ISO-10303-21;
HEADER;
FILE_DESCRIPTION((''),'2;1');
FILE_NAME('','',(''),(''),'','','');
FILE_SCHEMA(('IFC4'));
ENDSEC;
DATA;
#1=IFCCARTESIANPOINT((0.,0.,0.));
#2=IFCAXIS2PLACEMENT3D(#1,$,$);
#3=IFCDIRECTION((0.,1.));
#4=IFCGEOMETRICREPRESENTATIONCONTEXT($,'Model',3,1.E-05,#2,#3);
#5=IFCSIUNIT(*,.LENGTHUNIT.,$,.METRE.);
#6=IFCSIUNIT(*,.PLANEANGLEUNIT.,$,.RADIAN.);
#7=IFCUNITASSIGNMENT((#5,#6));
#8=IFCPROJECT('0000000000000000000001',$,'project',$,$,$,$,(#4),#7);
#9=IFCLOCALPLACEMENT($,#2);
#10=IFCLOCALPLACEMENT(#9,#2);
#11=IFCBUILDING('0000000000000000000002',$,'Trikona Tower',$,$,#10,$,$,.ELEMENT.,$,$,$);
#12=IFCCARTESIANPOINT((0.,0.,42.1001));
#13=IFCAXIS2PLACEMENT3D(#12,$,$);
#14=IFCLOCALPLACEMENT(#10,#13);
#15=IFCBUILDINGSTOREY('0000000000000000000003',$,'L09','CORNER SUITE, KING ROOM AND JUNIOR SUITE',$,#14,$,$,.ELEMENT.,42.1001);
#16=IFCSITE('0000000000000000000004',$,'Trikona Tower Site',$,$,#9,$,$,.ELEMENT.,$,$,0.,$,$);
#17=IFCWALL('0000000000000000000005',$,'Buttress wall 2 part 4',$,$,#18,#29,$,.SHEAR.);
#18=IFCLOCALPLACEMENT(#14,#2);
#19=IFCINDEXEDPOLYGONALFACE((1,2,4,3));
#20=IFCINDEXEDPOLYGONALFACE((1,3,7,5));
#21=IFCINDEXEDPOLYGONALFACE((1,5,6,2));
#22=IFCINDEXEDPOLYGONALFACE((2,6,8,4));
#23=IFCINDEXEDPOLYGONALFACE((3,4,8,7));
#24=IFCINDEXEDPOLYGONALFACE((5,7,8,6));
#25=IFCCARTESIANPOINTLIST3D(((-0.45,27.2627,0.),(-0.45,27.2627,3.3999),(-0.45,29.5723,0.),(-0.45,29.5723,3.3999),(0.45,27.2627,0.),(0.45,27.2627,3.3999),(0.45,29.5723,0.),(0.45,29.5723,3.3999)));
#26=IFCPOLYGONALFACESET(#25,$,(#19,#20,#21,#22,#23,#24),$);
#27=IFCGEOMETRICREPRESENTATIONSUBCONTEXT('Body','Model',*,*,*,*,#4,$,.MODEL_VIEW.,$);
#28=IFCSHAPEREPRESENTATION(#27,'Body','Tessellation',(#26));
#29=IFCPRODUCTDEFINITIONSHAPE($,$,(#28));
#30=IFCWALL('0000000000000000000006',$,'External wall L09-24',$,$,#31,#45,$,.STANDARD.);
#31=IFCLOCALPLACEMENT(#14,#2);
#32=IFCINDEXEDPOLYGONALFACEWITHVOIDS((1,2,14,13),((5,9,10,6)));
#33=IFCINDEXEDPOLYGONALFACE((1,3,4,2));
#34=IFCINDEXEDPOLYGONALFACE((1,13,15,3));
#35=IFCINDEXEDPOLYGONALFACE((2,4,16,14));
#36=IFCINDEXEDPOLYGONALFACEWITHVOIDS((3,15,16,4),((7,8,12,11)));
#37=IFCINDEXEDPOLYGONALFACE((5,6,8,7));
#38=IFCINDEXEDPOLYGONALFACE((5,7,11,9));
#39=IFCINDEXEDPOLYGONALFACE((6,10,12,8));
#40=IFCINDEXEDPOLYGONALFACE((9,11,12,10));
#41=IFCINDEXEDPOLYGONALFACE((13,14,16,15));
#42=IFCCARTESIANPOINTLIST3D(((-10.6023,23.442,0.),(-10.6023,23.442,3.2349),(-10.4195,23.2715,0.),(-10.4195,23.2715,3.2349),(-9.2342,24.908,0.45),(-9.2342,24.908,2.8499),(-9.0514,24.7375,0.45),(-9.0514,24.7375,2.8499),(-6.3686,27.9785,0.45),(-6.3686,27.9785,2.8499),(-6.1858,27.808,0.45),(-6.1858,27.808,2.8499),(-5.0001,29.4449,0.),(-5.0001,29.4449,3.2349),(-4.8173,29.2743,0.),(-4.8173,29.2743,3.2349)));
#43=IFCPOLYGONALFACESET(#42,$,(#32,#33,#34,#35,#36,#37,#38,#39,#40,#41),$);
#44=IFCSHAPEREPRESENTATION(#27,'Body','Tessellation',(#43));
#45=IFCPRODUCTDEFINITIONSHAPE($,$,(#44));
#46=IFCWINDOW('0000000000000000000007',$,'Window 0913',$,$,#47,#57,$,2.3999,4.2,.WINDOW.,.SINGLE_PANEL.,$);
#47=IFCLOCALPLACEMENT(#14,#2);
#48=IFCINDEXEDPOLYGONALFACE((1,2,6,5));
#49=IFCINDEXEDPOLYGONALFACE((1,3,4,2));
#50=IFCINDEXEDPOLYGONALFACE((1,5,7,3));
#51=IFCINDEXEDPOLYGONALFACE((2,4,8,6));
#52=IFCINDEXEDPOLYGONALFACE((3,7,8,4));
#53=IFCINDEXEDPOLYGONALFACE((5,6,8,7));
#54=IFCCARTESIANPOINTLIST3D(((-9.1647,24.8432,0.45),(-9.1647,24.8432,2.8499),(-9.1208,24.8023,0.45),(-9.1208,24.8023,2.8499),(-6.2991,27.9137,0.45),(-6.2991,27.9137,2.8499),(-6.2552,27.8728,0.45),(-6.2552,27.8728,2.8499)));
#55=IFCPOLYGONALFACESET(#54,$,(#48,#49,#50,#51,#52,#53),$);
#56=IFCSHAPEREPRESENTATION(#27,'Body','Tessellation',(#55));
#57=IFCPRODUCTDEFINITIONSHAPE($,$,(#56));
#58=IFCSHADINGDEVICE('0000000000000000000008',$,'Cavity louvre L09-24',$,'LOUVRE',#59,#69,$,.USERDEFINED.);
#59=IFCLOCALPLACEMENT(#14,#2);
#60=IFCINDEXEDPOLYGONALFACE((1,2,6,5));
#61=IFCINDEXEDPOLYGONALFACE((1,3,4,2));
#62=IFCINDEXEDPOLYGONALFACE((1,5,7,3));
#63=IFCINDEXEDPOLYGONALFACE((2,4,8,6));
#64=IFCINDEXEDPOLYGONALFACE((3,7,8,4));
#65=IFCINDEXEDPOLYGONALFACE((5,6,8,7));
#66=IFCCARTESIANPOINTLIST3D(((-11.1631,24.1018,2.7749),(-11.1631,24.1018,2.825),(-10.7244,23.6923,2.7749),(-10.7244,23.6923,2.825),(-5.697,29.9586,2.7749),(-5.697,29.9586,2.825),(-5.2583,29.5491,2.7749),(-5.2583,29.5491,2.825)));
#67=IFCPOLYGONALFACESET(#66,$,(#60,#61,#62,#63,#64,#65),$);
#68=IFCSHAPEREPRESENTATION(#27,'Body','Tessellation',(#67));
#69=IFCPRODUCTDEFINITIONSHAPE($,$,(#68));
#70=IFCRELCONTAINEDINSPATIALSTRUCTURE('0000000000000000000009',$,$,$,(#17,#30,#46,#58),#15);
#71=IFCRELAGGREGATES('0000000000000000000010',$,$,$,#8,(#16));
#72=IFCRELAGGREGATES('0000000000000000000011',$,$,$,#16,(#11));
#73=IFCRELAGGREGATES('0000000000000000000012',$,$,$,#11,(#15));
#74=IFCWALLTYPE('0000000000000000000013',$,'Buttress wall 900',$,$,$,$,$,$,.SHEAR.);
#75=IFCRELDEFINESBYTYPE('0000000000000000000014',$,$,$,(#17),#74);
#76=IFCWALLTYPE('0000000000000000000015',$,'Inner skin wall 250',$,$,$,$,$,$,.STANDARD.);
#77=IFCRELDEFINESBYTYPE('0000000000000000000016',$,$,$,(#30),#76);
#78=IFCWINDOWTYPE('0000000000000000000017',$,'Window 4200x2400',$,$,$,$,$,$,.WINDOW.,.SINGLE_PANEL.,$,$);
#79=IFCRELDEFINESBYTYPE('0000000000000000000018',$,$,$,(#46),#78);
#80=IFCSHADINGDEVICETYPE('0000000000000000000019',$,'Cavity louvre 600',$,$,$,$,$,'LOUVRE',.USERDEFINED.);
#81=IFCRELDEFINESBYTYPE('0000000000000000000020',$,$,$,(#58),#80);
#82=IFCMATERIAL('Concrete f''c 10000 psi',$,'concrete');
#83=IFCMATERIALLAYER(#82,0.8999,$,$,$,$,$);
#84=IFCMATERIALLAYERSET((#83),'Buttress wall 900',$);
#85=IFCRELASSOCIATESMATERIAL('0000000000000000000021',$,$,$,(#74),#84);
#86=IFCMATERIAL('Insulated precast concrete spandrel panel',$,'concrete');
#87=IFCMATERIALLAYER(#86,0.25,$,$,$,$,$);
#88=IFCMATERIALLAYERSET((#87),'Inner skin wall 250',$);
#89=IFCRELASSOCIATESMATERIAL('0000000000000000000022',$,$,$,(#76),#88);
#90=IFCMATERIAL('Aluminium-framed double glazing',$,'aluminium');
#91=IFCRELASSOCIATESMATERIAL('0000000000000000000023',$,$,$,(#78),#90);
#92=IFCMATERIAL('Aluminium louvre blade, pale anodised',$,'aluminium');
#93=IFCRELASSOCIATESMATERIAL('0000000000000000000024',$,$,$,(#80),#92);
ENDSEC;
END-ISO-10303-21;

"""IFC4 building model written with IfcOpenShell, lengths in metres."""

from ifc_helpers import new_model, si_unit, direction, frame, frame_2d, origin, origin_2d, place, context, subcontext, project, spatial, rectangle, extrude, material, layer, layer_set, type_object, element, fill, save


model = new_model("IFC4")

# Units and contexts
model_context = context("Model", 3, precision=1e-05, world=origin(), true_north=direction((0.0, 1.0)))
body_context = subcontext(model_context, "Body", "Model", "MODEL_VIEW")
ifc_project = project(units=[si_unit("LENGTHUNIT", "METRE"), si_unit("PLANEANGLEUNIT", "RADIAN")], contexts=[model_context])

# Site, building, storey
site_placement = place(None, origin())
site = spatial("IfcSite", under=ifc_project, at=site_placement, Name="Trikona Tower Site", CompositionType="ELEMENT", RefElevation=0.0)
building_placement = place(site_placement, origin())
building = spatial("IfcBuilding", under=site, at=building_placement, Name="Trikona Tower", CompositionType="ELEMENT")
storey_placement = place(building_placement, frame((0.0, 0.0, 42.1001)))
storey = spatial("IfcBuildingStorey", under=building, at=storey_placement, Name="L09", Description="CORNER SUITE, KING ROOM AND JUNIOR SUITE", CompositionType="ELEMENT", Elevation=42.1001)

# Wall
ifc_material_1 = material(Name="Concrete f'c 10000 psi", Category="concrete")
ifc_layer_1 = layer(ifc_material_1, 0.8999)
ifc_layer_set_1 = layer_set([ifc_layer_1], Name="Buttress wall 900")
wall_type_1 = type_object("IfcWallType", Name="Buttress wall 900", PredefinedType="SHEAR", material=ifc_layer_set_1)
wall_1_placement = place(storey_placement, frame((0.0, 27.2627, 0.0), z_axis=(0.0, 0.0, 1.0), x_axis=(0.0, 1.0, 0.0)))
element("IfcWall", 1, at=wall_1_placement, inside=storey, type_object=wall_type_1, Name="Buttress wall 2 part 4", PredefinedType="SHEAR", context=body_context, shape_type="SweptSolid", body=[
    extrude(rectangle(XDim=2.3096, YDim=0.8999, at=frame_2d((1.1548, 0.0))), origin(), (0.0, 0.0, 1.0), 3.3999),
])

# Wall, opening, window
ifc_material_2 = material(Name="Insulated precast concrete spandrel panel", Category="concrete")
ifc_layer_2 = layer(ifc_material_2, 0.25)
ifc_layer_set_2 = layer_set([ifc_layer_2], Name="Inner skin wall 250")
wall_type_2 = type_object("IfcWallType", Name="Inner skin wall 250", PredefinedType="STANDARD", material=ifc_layer_set_2)
wall_2_placement = place(storey_placement, frame((-4.9087, 29.3596, 0.0), z_axis=(0.0, 0.0, 1.0), x_axis=(-0.68229, -0.731082, 0.0)))
wall_2 = element("IfcWall", 2, at=wall_2_placement, inside=storey, type_object=wall_type_2, Name="External wall L09-24", PredefinedType="STANDARD", context=body_context, shape_type="SweptSolid", body=[
    extrude(rectangle(XDim=8.2109, YDim=0.25, at=frame_2d((4.1055, 0.0))), origin(), (0.0, 0.0, 1.0), 3.2349),
])
opening_1_placement = place(wall_2_placement, frame((2.0056, 0.0, 0.45)))
opening_1 = element("IfcOpeningElement", 3, at=opening_1_placement, cuts=wall_2, PredefinedType="OPENING", context=body_context, shape_type="SweptSolid", body=[
    extrude(rectangle(XDim=4.2, YDim=2.3999, at=frame_2d((2.1001, 1.2))), frame((0.0, 0.135, 0.0), z_axis=(0.0, -1.0, 0.0), x_axis=(1.0, 0.0, 0.0)), (0.0, 0.0, 1.0), 0.27),
])
ifc_material_3 = material(Name="Aluminium-framed double glazing", Category="aluminium")
window_type_1 = type_object("IfcWindowType", Name="Window 4200x2400", PartitioningType="SINGLE_PANEL", PredefinedType="WINDOW", material=ifc_material_3)
window_1_placement = place(opening_1_placement, origin())
window_1 = element("IfcWindow", 4, at=window_1_placement, inside=storey, type_object=window_type_1, Name="Window 0913", OverallHeight=2.3999, OverallWidth=4.2, PartitioningType="SINGLE_PANEL", PredefinedType="WINDOW", context=body_context, shape_type="SweptSolid", body=[
    extrude(rectangle(XDim=4.2, YDim=2.3999, at=frame_2d((2.1001, 1.2))), frame((0.0, 0.03, 0.0), z_axis=(0.0, -1.0, 0.0), x_axis=(1.0, 0.0, 0.0)), (0.0, 0.0, 1.0), 0.0601),
])
fill(opening_1, window_1)

# Shading device
ifc_material_4 = material(Name="Aluminium louvre blade, pale anodised", Category="aluminium")
shading_device_type = type_object("IfcShadingDeviceType", Name="Cavity louvre 600", ElementType="LOUVRE", PredefinedType="USERDEFINED", material=ifc_material_4)
shading_device_placement = place(storey_placement, frame((-8.2107, 26.8254, 2.7749), z_axis=(0.0, 0.0, 1.0), x_axis=(-0.682298, -0.731074, 0.0)))
element("IfcShadingDevice", 5, at=shading_device_placement, inside=storey, type_object=shading_device_type, Name="Cavity louvre L09-24", ObjectType="LOUVRE", PredefinedType="USERDEFINED", context=body_context, shape_type="SweptSolid", body=[
    extrude(rectangle(XDim=8.0112, YDim=0.6001, at=origin_2d()), origin(), (0.0, 0.0, 1.0), 0.05),
])

save(model, "model.ifc")
